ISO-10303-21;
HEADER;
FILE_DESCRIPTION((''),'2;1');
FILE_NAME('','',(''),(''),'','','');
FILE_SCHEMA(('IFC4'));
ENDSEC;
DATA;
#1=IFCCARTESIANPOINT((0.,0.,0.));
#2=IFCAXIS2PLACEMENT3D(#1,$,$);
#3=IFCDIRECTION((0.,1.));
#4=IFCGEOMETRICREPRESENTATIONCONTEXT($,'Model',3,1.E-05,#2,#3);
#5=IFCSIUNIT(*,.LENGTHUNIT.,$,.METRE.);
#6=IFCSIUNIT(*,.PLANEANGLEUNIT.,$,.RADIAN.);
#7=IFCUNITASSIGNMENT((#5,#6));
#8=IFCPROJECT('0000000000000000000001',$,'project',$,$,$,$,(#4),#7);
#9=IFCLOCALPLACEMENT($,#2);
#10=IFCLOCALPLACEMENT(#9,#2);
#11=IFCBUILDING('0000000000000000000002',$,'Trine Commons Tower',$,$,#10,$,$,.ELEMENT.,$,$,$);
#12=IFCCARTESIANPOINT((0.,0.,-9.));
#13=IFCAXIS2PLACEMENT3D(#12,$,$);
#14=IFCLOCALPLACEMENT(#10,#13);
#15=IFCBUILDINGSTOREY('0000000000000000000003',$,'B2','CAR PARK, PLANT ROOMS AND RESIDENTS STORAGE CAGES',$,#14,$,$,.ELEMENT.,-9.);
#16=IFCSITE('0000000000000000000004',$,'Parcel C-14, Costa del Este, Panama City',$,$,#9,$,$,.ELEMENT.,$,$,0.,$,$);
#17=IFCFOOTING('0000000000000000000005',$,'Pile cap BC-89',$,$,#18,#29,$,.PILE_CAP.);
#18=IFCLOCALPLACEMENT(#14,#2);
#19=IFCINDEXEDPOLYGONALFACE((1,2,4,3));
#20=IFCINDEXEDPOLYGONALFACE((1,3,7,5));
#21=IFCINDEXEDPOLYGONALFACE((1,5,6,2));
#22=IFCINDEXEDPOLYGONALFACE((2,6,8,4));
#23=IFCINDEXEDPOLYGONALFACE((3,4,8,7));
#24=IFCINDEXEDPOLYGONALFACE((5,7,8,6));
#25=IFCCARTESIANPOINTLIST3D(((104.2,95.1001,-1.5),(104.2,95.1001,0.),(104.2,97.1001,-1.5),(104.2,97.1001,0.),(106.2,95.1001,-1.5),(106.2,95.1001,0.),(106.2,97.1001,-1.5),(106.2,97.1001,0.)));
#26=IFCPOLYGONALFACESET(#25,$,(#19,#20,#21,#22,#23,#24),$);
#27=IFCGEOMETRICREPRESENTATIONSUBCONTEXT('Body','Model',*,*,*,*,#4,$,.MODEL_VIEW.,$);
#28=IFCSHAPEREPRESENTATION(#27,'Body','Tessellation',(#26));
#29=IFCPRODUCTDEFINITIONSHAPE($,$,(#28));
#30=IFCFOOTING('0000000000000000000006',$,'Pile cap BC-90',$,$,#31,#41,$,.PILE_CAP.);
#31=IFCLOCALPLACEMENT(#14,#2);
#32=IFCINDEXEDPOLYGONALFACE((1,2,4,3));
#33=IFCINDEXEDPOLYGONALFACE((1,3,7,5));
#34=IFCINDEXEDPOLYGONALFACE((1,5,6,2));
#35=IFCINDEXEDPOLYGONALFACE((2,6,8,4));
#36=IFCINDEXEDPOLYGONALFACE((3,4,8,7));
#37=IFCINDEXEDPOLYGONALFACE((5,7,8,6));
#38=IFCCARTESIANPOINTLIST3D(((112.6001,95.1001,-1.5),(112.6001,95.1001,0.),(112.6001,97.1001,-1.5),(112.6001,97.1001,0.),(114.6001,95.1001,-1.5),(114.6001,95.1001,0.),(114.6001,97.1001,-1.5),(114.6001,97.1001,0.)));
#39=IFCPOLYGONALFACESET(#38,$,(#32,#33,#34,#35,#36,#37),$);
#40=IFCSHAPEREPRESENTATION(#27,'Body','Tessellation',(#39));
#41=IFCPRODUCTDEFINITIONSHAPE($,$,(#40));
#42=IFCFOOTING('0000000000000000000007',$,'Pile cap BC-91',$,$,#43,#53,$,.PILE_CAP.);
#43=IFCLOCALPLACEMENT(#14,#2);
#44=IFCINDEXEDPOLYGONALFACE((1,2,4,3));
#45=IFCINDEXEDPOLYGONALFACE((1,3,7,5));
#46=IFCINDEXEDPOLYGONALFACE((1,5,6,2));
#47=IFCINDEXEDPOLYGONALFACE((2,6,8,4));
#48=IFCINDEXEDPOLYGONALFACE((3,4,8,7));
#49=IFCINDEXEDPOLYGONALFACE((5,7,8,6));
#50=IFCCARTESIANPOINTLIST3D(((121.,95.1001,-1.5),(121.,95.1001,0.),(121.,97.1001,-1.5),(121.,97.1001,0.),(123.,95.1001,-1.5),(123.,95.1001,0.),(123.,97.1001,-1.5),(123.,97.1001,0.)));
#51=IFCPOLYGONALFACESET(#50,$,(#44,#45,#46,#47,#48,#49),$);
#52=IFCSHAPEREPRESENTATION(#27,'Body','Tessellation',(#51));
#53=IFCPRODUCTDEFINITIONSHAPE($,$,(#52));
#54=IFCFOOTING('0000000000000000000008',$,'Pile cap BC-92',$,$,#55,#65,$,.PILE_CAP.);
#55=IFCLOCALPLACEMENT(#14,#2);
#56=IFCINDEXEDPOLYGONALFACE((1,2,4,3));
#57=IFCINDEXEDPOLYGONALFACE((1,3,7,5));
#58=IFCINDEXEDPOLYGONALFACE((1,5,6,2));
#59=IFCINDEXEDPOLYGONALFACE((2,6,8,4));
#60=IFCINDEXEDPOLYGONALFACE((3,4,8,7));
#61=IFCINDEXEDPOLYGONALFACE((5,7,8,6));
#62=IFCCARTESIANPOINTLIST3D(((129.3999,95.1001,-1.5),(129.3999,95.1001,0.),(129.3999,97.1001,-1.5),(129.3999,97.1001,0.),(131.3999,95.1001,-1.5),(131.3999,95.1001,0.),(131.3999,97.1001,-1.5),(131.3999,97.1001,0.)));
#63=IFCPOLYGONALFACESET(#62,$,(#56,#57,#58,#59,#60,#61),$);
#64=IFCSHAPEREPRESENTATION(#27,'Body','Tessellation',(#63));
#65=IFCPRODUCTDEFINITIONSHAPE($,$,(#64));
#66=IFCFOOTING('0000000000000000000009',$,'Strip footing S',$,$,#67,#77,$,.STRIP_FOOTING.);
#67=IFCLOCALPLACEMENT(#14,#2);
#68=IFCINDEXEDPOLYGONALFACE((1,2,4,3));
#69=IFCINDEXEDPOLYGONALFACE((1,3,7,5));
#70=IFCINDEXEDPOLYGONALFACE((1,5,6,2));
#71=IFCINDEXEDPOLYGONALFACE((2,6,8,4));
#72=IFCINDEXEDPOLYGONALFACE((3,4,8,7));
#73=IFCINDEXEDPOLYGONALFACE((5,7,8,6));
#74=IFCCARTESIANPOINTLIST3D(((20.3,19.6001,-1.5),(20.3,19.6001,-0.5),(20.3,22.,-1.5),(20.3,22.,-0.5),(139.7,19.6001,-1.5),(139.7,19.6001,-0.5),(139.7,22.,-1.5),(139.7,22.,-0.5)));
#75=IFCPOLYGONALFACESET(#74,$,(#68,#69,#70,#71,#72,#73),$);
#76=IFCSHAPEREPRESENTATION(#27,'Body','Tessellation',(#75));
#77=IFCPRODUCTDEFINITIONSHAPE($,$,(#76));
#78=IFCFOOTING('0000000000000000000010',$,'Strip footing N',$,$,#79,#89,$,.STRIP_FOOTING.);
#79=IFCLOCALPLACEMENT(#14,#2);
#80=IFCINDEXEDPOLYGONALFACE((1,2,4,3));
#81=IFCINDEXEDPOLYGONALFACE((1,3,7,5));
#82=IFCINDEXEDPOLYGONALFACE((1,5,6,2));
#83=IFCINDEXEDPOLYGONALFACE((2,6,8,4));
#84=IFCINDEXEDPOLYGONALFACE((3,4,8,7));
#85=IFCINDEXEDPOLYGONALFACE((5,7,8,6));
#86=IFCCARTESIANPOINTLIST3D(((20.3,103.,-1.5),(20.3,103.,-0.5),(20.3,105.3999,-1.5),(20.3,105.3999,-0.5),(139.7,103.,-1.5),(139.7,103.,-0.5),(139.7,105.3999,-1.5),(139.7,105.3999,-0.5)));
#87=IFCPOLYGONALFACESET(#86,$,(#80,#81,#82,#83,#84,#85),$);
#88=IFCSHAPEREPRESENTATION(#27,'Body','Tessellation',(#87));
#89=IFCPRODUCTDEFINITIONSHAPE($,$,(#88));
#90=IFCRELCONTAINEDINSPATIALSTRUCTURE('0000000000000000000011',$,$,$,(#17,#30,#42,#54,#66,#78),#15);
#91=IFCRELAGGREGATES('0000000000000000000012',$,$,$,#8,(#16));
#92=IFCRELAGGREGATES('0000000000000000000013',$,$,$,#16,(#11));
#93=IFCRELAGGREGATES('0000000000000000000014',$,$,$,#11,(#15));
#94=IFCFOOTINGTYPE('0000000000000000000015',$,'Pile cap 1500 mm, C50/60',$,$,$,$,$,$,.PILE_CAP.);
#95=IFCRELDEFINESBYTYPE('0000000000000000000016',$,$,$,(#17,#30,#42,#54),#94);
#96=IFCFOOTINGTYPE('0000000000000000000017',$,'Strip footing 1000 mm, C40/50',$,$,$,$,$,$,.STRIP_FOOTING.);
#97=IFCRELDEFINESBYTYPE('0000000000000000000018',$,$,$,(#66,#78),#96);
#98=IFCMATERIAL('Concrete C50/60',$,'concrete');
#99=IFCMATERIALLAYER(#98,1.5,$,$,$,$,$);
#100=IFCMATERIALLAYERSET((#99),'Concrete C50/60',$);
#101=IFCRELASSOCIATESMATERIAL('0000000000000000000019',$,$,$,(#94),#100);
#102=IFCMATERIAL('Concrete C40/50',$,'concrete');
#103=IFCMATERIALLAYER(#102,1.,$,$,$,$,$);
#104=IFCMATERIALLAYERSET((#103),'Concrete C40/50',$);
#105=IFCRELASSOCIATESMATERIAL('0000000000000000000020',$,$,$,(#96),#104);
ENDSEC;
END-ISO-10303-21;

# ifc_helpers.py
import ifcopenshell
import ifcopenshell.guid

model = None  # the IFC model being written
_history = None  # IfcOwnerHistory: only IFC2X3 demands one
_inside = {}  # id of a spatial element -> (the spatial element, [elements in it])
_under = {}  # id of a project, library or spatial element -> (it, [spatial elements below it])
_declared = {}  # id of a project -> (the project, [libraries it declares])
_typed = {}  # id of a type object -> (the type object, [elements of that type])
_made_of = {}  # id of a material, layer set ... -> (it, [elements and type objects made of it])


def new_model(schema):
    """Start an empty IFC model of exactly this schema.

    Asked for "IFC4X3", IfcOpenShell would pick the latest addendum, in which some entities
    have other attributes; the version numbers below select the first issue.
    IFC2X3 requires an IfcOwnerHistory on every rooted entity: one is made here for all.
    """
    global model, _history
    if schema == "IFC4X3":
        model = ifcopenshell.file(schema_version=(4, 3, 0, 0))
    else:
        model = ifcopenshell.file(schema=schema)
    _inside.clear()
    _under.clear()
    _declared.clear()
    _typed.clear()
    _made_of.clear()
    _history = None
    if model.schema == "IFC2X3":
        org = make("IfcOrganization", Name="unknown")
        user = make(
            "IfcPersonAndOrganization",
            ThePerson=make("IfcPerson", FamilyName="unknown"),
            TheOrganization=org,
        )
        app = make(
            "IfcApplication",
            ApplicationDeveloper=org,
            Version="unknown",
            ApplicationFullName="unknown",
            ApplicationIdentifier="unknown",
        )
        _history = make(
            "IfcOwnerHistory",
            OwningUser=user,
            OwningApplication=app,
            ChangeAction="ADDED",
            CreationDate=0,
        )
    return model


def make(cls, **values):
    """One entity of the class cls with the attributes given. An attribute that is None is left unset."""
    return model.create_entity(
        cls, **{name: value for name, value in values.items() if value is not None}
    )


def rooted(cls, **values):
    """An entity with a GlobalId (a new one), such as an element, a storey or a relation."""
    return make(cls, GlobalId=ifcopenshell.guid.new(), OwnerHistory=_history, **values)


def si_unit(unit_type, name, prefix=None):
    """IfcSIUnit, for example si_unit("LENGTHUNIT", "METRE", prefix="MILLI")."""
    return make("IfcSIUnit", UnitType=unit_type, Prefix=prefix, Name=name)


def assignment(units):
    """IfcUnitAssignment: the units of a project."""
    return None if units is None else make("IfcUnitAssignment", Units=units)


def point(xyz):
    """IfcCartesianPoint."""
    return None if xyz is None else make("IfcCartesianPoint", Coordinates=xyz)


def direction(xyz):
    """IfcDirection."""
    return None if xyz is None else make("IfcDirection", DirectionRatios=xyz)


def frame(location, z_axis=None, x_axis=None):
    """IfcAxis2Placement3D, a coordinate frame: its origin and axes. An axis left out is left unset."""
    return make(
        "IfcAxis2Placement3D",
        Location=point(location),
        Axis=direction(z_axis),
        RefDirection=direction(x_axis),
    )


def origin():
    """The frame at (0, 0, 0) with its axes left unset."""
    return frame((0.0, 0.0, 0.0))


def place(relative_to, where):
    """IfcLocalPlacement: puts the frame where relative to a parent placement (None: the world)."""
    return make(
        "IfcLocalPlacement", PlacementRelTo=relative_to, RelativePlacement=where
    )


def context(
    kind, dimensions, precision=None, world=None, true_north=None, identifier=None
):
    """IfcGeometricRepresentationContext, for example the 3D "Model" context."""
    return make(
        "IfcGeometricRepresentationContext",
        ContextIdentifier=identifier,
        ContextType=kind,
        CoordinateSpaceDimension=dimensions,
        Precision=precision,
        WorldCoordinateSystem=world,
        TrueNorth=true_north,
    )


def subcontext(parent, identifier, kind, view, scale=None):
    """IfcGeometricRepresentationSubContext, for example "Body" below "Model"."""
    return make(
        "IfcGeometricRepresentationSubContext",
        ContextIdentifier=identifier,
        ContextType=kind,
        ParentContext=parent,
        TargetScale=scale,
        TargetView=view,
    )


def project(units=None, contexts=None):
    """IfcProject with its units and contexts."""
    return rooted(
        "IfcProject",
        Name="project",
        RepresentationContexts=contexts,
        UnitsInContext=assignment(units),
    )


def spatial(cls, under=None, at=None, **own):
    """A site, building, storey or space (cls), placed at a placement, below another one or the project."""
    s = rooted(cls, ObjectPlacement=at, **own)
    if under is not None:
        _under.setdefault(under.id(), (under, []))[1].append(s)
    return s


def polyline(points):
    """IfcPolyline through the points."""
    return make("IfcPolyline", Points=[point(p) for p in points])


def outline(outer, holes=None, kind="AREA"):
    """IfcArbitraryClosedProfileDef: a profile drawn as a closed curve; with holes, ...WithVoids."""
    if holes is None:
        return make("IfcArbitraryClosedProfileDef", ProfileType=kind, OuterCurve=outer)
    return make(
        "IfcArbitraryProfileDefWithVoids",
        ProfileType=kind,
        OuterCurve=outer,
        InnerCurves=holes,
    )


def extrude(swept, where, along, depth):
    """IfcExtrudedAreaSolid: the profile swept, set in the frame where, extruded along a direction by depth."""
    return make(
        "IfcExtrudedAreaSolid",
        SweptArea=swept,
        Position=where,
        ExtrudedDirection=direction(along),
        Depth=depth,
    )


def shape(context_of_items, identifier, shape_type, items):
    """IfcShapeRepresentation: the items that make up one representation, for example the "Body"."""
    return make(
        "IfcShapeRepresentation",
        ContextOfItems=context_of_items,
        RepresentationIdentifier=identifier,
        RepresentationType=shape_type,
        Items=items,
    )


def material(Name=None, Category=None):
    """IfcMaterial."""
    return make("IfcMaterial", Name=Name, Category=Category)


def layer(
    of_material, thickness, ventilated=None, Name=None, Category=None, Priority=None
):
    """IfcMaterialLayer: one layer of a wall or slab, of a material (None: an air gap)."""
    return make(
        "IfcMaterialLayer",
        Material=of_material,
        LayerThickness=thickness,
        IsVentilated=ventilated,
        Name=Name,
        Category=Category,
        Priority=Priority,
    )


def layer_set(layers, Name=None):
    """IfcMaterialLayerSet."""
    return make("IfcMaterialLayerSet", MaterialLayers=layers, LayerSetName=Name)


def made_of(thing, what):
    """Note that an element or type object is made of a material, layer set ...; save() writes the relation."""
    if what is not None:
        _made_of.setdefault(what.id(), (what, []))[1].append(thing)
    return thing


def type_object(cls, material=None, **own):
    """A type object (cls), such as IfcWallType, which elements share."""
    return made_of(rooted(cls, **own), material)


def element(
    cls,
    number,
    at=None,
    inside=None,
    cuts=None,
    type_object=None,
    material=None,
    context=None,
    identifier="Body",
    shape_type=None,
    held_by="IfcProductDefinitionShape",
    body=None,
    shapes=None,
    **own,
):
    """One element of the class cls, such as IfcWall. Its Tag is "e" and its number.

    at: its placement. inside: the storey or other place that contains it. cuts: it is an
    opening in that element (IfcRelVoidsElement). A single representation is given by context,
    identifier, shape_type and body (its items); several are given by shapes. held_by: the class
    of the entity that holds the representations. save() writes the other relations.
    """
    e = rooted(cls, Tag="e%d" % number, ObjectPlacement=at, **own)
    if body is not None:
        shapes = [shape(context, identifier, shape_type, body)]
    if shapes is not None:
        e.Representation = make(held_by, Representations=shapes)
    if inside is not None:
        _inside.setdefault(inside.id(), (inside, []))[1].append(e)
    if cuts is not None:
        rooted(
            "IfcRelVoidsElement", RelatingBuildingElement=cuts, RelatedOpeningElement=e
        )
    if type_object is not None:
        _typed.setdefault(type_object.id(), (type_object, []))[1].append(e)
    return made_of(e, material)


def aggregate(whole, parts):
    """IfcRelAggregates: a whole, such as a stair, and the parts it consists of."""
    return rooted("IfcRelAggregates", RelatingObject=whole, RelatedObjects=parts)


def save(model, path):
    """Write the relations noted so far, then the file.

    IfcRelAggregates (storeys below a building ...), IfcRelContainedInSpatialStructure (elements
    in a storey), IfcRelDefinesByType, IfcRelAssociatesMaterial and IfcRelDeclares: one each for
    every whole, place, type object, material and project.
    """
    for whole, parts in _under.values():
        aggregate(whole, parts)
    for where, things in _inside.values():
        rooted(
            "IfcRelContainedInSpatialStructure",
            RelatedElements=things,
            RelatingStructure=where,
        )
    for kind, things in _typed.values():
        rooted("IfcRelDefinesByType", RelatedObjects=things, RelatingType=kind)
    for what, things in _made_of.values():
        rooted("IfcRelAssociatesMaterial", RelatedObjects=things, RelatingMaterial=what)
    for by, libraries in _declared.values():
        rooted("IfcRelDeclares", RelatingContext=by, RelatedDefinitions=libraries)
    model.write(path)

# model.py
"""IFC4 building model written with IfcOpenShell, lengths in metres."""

from ifc_helpers import new_model, si_unit, direction, frame, origin, place, context, subcontext, project, spatial, polyline, outline, extrude, material, layer, layer_set, type_object, element, save


model = new_model("IFC4")

# Units and contexts
model_context = context("Model", 3, precision=1e-05, world=origin(), true_north=direction((0.0, 1.0)))
body_context = subcontext(model_context, "Body", "Model", "MODEL_VIEW")
ifc_project = project(units=[si_unit("LENGTHUNIT", "METRE"), si_unit("PLANEANGLEUNIT", "RADIAN")], contexts=[model_context])

# Site, building, storey
site_placement = place(None, origin())
site = spatial("IfcSite", under=ifc_project, at=site_placement, Name="Parcel C-14, Costa del Este, Panama City", CompositionType="ELEMENT", RefElevation=0.0)
building_placement = place(site_placement, origin())
building = spatial("IfcBuilding", under=site, at=building_placement, Name="Trine Commons Tower", CompositionType="ELEMENT")
storey_placement = place(building_placement, frame((0.0, 0.0, -9.0)))
storey = spatial("IfcBuildingStorey", under=building, at=storey_placement, Name="B2", Description="CAR PARK, PLANT ROOMS AND RESIDENTS STORAGE CAGES", CompositionType="ELEMENT", Elevation=-9.0)

# Footings
ifc_material_1 = material(Name="Concrete C50/60", Category="concrete")
ifc_layer_1 = layer(ifc_material_1, 1.5)
ifc_layer_set_1 = layer_set([ifc_layer_1], Name="Concrete C50/60")
footing_type_1 = type_object("IfcFootingType", Name="Pile cap 1500 mm, C50/60", PredefinedType="PILE_CAP", material=ifc_layer_set_1)
footing_1_placement = place(storey_placement, frame((0.0, 0.0, -1.5)))
element("IfcFooting", 1, at=footing_1_placement, inside=storey, type_object=footing_type_1, Name="Pile cap BC-89", PredefinedType="PILE_CAP", context=body_context, shape_type="SweptSolid", body=[
    extrude(outline(polyline([(104.2, 95.1001), (104.2, 97.1001), (106.2, 97.1001), (106.2, 95.1001), (104.2, 95.1001)])), origin(), (0.0, 0.0, 1.0), 1.5),
])
footing_2_placement = place(storey_placement, frame((0.0, 0.0, -1.5)))
element("IfcFooting", 2, at=footing_2_placement, inside=storey, type_object=footing_type_1, Name="Pile cap BC-90", PredefinedType="PILE_CAP", context=body_context, shape_type="SweptSolid", body=[
    extrude(outline(polyline([(112.6001, 95.1001), (112.6001, 97.1001), (114.6001, 97.1001), (114.6001, 95.1001), (112.6001, 95.1001)])), origin(), (0.0, 0.0, 1.0), 1.5),
])
footing_3_placement = place(storey_placement, frame((0.0, 0.0, -1.5)))
element("IfcFooting", 3, at=footing_3_placement, inside=storey, type_object=footing_type_1, Name="Pile cap BC-91", PredefinedType="PILE_CAP", context=body_context, shape_type="SweptSolid", body=[
    extrude(outline(polyline([(121.0, 95.1001), (121.0, 97.1001), (123.0, 97.1001), (123.0, 95.1001), (121.0, 95.1001)])), origin(), (0.0, 0.0, 1.0), 1.5),
])
footing_4_placement = place(storey_placement, frame((0.0, 0.0, -1.5)))
element("IfcFooting", 4, at=footing_4_placement, inside=storey, type_object=footing_type_1, Name="Pile cap BC-92", PredefinedType="PILE_CAP", context=body_context, shape_type="SweptSolid", body=[
    extrude(outline(polyline([(129.3999, 95.1001), (129.3999, 97.1001), (131.3999, 97.1001), (131.3999, 95.1001), (129.3999, 95.1001)])), origin(), (0.0, 0.0, 1.0), 1.5),
])
ifc_material_2 = material(Name="Concrete C40/50", Category="concrete")
ifc_layer_2 = layer(ifc_material_2, 1.0)
ifc_layer_set_2 = layer_set([ifc_layer_2], Name="Concrete C40/50")
footing_type_2 = type_object("IfcFootingType", Name="Strip footing 1000 mm, C40/50", PredefinedType="STRIP_FOOTING", material=ifc_layer_set_2)
footing_5_placement = place(storey_placement, frame((0.0, 0.0, -1.5)))
element("IfcFooting", 5, at=footing_5_placement, inside=storey, type_object=footing_type_2, Name="Strip footing S", PredefinedType="STRIP_FOOTING", context=body_context, shape_type="SweptSolid", body=[
    extrude(outline(polyline([(139.7, 19.6001), (139.7, 22.0), (20.3, 22.0), (20.3, 19.6001), (139.7, 19.6001)])), origin(), (0.0, 0.0, 1.0), 1.0),
])
footing_6_placement = place(storey_placement, frame((0.0, 0.0, -1.5)))
element("IfcFooting", 6, at=footing_6_placement, inside=storey, type_object=footing_type_2, Name="Strip footing N", PredefinedType="STRIP_FOOTING", context=body_context, shape_type="SweptSolid", body=[
    extrude(outline(polyline([(139.7, 103.0), (139.7, 105.3999), (20.3, 105.3999), (20.3, 103.0), (139.7, 103.0)])), origin(), (0.0, 0.0, 1.0), 1.0),
])

save(model, "model.ifc")
